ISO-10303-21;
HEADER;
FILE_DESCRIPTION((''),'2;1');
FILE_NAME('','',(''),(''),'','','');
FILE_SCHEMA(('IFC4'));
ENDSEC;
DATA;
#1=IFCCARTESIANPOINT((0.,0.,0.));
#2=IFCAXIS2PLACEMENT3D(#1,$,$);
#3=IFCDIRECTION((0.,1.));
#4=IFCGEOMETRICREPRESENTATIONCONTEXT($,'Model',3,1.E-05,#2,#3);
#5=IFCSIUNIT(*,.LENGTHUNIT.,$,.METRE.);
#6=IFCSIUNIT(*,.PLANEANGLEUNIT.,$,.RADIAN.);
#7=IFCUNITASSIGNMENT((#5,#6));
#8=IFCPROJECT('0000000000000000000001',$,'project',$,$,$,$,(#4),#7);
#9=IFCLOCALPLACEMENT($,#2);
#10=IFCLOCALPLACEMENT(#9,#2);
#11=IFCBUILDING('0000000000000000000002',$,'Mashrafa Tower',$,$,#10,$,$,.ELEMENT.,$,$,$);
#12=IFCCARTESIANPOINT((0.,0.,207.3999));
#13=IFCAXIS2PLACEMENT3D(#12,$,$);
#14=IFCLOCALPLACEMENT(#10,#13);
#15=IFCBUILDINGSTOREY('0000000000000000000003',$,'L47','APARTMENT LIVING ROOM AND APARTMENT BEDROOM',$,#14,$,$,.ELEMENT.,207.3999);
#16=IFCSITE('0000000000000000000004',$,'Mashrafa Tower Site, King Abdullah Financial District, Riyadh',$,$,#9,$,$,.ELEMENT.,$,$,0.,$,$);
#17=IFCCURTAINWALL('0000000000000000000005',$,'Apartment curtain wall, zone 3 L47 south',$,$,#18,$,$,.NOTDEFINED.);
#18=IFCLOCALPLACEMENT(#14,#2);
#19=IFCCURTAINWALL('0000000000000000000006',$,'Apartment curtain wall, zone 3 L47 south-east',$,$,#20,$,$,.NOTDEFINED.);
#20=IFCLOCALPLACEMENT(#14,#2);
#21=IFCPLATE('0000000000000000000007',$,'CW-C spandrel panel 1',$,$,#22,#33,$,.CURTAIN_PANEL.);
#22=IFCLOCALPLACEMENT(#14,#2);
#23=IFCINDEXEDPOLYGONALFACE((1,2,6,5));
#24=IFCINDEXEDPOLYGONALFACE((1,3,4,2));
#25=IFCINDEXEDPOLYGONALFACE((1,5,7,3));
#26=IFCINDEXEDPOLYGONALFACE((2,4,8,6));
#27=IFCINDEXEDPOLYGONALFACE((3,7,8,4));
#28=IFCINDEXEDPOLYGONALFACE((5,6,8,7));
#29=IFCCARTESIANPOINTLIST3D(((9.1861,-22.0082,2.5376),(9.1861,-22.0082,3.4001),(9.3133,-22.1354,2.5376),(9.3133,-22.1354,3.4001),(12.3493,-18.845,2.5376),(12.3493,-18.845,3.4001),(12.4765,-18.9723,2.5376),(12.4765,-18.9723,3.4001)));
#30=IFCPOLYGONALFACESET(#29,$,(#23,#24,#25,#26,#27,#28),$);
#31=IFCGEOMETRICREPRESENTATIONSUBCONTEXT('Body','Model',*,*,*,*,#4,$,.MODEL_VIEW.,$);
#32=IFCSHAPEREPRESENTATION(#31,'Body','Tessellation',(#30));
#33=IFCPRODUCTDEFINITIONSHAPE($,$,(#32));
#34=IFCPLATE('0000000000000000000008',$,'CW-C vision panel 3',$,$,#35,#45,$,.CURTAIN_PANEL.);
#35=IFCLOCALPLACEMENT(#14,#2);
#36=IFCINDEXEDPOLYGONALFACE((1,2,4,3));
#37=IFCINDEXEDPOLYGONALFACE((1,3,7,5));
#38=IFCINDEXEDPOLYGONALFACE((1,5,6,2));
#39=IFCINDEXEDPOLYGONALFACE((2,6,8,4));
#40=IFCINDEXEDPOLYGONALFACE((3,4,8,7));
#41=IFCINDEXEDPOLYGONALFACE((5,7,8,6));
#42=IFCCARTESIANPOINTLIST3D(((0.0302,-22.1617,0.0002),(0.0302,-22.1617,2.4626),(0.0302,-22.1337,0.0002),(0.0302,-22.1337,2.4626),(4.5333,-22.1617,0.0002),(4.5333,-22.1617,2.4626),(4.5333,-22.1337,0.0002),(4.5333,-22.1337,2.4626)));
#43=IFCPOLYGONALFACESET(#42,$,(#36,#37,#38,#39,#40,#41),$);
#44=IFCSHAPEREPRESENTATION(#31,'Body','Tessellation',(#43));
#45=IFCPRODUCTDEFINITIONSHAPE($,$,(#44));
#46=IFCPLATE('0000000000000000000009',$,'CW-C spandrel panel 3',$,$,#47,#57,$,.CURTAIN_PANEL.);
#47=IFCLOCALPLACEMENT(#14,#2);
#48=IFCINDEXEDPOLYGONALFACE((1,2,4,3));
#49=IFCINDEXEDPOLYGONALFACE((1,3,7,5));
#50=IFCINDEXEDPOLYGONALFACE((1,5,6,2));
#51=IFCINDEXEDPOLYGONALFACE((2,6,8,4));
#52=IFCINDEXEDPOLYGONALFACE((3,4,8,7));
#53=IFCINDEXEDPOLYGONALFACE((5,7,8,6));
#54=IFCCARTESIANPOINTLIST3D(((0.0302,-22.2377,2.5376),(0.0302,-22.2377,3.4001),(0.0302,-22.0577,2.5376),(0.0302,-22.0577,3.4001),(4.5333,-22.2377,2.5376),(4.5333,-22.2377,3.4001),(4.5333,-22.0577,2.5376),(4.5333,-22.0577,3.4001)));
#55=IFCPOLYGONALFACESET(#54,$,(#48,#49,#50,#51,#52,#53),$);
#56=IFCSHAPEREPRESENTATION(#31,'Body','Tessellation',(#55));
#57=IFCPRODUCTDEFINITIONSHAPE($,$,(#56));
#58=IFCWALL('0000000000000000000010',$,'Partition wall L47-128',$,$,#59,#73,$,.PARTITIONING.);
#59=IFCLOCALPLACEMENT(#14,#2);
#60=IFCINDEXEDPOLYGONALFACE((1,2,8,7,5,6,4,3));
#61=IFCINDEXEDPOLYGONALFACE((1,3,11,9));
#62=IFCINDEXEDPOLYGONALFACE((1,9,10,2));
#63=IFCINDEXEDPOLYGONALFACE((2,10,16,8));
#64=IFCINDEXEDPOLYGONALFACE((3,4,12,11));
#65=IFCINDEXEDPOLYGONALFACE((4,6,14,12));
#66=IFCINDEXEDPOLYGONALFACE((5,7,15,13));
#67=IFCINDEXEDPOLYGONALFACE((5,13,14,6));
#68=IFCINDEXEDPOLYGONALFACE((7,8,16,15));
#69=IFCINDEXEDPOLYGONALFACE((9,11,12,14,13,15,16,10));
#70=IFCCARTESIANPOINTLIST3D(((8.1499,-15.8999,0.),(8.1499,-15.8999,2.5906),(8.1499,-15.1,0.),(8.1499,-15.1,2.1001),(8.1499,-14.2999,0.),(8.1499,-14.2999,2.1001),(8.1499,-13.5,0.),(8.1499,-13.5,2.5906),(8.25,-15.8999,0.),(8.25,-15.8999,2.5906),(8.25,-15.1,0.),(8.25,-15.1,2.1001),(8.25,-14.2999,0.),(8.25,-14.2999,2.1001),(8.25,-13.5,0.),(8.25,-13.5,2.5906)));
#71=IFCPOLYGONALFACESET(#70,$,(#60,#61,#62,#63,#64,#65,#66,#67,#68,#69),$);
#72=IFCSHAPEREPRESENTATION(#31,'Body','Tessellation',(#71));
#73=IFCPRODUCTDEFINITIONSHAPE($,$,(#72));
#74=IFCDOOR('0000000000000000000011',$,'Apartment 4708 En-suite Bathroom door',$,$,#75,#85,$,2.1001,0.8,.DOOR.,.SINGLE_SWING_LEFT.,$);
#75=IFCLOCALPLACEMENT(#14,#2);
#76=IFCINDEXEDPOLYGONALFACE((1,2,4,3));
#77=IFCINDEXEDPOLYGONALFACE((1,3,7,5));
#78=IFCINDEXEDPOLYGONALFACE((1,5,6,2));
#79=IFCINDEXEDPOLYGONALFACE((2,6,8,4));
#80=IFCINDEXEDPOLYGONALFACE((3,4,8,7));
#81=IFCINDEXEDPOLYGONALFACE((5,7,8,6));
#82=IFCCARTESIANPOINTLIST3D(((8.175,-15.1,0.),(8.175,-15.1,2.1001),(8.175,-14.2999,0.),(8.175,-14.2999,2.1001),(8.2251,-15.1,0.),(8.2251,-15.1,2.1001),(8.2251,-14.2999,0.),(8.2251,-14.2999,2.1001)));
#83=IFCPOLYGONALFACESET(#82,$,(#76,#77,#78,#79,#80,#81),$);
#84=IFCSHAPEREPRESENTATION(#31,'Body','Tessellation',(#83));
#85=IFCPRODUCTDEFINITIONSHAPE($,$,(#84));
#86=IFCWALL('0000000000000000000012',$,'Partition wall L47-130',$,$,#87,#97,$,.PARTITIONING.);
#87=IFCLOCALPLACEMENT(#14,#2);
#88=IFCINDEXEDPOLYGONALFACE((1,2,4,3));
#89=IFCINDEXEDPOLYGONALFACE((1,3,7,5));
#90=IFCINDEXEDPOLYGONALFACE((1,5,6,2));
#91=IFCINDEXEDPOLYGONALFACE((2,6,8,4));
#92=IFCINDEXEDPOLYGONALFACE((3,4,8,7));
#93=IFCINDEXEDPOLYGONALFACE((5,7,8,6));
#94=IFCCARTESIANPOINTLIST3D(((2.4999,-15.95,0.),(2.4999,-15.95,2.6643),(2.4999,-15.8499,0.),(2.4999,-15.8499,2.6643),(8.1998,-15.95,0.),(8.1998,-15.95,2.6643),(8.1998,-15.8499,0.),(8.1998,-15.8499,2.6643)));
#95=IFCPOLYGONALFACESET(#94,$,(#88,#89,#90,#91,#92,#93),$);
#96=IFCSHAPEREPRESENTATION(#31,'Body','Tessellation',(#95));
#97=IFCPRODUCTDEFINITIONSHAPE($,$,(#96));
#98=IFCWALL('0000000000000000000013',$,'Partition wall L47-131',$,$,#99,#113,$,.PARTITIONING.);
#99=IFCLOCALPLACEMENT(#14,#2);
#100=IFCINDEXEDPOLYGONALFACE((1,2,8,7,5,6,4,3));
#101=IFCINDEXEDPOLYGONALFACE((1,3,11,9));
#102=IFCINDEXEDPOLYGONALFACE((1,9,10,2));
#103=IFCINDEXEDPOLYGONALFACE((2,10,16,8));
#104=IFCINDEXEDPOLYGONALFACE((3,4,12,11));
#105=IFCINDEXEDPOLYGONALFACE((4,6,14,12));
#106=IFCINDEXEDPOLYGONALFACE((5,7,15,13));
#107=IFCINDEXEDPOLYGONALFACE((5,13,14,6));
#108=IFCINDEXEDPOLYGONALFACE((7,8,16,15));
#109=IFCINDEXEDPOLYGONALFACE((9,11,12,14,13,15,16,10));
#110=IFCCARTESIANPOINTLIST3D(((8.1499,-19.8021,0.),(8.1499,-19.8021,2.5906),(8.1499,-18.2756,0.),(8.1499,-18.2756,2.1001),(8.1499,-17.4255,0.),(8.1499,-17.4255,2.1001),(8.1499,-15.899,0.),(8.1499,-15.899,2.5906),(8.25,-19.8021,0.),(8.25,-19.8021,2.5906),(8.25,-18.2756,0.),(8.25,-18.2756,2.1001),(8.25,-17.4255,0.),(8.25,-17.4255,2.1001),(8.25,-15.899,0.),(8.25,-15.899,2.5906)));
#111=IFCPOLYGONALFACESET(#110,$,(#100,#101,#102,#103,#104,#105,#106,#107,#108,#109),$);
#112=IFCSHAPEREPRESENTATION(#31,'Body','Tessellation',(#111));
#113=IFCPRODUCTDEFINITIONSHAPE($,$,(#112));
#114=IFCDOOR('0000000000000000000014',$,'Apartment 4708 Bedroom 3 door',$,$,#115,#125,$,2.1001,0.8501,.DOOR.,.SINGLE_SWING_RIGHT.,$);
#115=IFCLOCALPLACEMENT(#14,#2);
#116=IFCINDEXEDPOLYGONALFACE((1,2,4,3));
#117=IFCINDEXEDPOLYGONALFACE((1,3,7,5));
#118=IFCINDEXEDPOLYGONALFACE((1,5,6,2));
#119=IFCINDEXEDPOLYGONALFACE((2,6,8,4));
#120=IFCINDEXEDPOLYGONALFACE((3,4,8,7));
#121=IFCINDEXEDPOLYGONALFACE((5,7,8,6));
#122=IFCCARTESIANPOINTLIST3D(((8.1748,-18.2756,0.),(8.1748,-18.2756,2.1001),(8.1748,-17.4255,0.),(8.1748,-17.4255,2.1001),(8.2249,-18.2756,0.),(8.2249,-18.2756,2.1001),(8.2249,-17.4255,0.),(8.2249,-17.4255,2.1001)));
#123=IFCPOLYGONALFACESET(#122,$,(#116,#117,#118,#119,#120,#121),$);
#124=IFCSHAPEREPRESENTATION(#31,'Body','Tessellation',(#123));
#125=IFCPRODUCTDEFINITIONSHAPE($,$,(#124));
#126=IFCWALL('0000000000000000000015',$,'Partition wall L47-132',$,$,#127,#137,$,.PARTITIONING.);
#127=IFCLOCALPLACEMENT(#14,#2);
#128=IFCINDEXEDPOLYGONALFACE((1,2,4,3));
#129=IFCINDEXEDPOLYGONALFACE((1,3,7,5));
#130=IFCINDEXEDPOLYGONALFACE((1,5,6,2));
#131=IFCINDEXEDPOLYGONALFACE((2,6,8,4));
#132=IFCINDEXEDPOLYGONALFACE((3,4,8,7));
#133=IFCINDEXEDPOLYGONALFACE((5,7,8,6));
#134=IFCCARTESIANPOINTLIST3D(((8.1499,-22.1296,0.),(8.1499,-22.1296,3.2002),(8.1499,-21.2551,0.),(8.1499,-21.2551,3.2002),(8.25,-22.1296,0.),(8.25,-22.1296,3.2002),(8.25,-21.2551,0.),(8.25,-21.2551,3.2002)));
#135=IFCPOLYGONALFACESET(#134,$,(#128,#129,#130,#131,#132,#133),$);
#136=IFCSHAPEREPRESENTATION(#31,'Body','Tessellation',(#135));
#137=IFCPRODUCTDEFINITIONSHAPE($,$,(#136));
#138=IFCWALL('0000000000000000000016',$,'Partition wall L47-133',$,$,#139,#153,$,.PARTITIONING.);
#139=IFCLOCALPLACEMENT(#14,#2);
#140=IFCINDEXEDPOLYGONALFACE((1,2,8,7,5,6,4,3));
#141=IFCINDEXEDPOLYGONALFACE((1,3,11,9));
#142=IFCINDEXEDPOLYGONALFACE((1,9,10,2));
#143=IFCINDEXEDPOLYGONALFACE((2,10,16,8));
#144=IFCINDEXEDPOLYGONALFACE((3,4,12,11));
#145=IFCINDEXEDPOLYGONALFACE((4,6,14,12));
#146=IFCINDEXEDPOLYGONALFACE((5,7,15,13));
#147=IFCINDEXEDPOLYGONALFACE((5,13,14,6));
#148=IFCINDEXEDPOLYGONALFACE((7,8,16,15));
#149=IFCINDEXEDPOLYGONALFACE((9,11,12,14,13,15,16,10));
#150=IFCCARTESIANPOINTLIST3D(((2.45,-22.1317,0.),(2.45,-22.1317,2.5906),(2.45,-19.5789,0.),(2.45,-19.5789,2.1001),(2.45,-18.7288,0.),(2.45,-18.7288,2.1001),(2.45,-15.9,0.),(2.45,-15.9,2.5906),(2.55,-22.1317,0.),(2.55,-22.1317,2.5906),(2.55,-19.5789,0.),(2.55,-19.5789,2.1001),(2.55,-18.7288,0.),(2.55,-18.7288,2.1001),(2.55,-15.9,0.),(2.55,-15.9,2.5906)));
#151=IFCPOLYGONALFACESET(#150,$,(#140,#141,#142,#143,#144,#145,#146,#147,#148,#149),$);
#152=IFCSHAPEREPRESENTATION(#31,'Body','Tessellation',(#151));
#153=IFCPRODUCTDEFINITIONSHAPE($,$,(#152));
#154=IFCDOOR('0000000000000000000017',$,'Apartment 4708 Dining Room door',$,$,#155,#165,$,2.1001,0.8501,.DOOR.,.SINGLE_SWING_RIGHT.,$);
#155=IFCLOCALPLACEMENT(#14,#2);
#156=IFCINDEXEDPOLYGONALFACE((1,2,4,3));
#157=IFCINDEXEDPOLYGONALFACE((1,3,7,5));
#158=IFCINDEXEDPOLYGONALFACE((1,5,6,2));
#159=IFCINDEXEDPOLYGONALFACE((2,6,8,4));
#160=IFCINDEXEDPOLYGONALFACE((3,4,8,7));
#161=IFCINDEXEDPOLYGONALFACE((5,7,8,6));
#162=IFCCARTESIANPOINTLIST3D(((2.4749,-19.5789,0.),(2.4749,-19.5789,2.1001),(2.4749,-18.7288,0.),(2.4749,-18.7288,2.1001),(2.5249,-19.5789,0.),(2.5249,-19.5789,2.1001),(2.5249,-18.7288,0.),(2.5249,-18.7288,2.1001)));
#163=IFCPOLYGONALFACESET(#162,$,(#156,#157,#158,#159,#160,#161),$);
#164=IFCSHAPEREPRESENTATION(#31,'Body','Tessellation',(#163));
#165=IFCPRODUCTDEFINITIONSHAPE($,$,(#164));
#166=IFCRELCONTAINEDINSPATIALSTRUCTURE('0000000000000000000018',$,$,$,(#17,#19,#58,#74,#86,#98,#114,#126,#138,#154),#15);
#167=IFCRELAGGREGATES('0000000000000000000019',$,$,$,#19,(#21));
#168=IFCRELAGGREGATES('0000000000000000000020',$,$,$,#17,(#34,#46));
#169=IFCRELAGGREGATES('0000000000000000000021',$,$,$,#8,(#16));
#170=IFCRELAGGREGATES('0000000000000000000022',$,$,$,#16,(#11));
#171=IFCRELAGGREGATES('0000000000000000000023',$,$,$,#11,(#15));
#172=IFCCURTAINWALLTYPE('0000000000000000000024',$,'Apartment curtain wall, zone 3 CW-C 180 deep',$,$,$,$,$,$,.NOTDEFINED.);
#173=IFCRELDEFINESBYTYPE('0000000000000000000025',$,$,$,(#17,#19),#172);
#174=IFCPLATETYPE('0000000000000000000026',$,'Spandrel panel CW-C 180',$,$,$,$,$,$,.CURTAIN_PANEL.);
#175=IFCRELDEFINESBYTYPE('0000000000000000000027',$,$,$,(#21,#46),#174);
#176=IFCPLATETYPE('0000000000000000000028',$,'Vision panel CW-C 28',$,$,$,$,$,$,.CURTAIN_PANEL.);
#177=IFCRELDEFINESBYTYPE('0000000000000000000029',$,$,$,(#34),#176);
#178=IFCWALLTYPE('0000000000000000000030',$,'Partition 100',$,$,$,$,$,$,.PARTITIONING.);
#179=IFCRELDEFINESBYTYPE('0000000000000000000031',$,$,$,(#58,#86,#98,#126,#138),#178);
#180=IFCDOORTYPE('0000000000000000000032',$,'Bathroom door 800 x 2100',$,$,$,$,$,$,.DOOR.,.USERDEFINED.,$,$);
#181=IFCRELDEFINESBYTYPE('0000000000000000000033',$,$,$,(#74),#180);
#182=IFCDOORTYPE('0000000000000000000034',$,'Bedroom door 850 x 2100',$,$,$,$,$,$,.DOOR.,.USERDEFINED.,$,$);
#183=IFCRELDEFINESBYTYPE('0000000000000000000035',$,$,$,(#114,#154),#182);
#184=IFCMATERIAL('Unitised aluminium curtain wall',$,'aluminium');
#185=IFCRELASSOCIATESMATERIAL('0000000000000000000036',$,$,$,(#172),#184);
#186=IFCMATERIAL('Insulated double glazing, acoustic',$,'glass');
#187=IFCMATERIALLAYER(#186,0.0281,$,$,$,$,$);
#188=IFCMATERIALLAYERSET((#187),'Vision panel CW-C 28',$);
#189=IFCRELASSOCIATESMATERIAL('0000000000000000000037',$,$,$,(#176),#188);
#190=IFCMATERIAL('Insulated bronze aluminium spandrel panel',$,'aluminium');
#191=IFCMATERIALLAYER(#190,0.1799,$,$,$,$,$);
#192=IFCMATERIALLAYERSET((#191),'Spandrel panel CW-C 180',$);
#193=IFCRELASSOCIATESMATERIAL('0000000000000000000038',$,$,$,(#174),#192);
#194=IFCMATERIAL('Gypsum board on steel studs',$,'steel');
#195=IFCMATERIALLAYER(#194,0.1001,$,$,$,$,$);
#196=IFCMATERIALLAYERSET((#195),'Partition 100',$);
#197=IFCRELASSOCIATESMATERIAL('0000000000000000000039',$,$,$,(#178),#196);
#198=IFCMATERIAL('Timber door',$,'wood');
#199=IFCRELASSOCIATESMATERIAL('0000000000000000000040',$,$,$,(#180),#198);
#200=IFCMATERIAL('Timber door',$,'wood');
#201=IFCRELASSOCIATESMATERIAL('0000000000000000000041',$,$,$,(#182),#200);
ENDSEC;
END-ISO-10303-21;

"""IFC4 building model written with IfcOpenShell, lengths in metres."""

from ifc_helpers import new_model, si_unit, direction, frame, frame_2d, origin, origin_2d, place, context, subcontext, project, spatial, rectangle, extrude, source, transform, mapped, material, layer, layer_set, type_object, type_shapes, element, fill, aggregate, save


model = new_model("IFC4")

# Units and contexts
model_context = context("Model", 3, precision=1e-05, world=origin(), true_north=direction((0.0, 1.0)))
body_context = subcontext(model_context, "Body", "Model", "MODEL_VIEW")
ifc_project = project(units=[si_unit("LENGTHUNIT", "METRE"), si_unit("PLANEANGLEUNIT", "RADIAN")], contexts=[model_context])

# Site, building, storey
site_placement = place(None, origin())
site = spatial("IfcSite", under=ifc_project, at=site_placement, Name="Mashrafa Tower Site, King Abdullah Financial District, Riyadh", CompositionType="ELEMENT", RefElevation=0.0)
building_placement = place(site_placement, origin())
building = spatial("IfcBuilding", under=site, at=building_placement, Name="Mashrafa Tower", CompositionType="ELEMENT")
storey_placement = place(building_placement, frame((0.0, 0.0, 207.3999)))
storey = spatial("IfcBuildingStorey", under=building, at=storey_placement, Name="L47", Description="APARTMENT LIVING ROOM AND APARTMENT BEDROOM", CompositionType="ELEMENT", Elevation=207.3999)

# Curtain wall
ifc_material_1 = material(Name="Unitised aluminium curtain wall", Category="aluminium")
curtain_wall_type = type_object("IfcCurtainWallType", Name="Apartment curtain wall, zone 3 CW-C 180 deep", PredefinedType="NOTDEFINED", material=ifc_material_1)
curtain_wall_1_placement = place(storey_placement, origin())
curtain_wall_1 = element("IfcCurtainWall", 1, at=curtain_wall_1_placement, inside=storey, type_object=curtain_wall_type, Name="Apartment curtain wall, zone 3 L47 south", PredefinedType="NOTDEFINED")

# Curtain wall
curtain_wall_2_placement = place(storey_placement, origin())
curtain_wall_2 = element("IfcCurtainWall", 2, at=curtain_wall_2_placement, inside=storey, type_object=curtain_wall_type, Name="Apartment curtain wall, zone 3 L47 south-east", PredefinedType="NOTDEFINED")

# Plates
ifc_material_2 = material(Name="Insulated double glazing, acoustic", Category="glass")
ifc_layer_1 = layer(ifc_material_2, 0.0281)
ifc_layer_set_1 = layer_set([ifc_layer_1], Name="Vision panel CW-C 28")
plate_type_1 = type_object("IfcPlateType", Name="Vision panel CW-C 28", PredefinedType="CURTAIN_PANEL", material=ifc_layer_set_1)
ifc_material_3 = material(Name="Insulated bronze aluminium spandrel panel", Category="aluminium")
ifc_layer_2 = layer(ifc_material_3, 0.1799)
ifc_layer_set_2 = layer_set([ifc_layer_2], Name="Spandrel panel CW-C 180")
plate_type_2 = type_object("IfcPlateType", Name="Spandrel panel CW-C 180", PredefinedType="CURTAIN_PANEL", material=ifc_layer_set_2)
shared_shape_1 = source(origin(), body_context, "Body", "SweptSolid", [
    extrude(rectangle(XDim=4.4734, YDim=0.1799, at=origin_2d()), origin(), (0.0, 0.0, 1.0), 0.8625),
])
plate_1_placement = place(storey_placement, frame((10.8313, -20.4902, 2.5376), z_axis=(0.0, 0.0, 1.0), x_axis=(0.707107, 0.707107, 0.0)))
plate_1 = element("IfcPlate", 3, at=plate_1_placement, type_object=plate_type_2, Name="CW-C spandrel panel 1", PredefinedType="CURTAIN_PANEL", context=body_context, shape_type="MappedRepresentation", body=[
    mapped(shared_shape_1, transform((0.0, 0.0, 0.0))),
])
aggregate(curtain_wall_2, [plate_1])
shared_shape_2 = source(origin(), body_context, "Body", "SweptSolid", [
    extrude(rectangle(XDim=4.5032, YDim=0.0281, at=origin_2d()), origin(), (0.0, 0.0, 1.0), 2.4624),
])
plate_2_placement = place(storey_placement, frame((2.2817, -22.1477, 0.0002), z_axis=(0.0, 0.0, 1.0), x_axis=(1.0, 0.0, 0.0)))
plate_2 = element("IfcPlate", 4, at=plate_2_placement, type_object=plate_type_1, Name="CW-C vision panel 3", PredefinedType="CURTAIN_PANEL", context=body_context, shape_type="MappedRepresentation", body=[
    mapped(shared_shape_2, transform((0.0, 0.0, 0.0))),
])
shared_shape_3 = source(origin(), body_context, "Body", "SweptSolid", [
    extrude(rectangle(XDim=4.5032, YDim=0.1799, at=origin_2d()), origin(), (0.0, 0.0, 1.0), 0.8625),
])
type_shapes(plate_type_2, [shared_shape_1, shared_shape_3])
plate_3_placement = place(storey_placement, frame((2.2817, -22.1477, 2.5376), z_axis=(0.0, 0.0, 1.0), x_axis=(1.0, 0.0, 0.0)))
plate_3 = element("IfcPlate", 5, at=plate_3_placement, type_object=plate_type_2, Name="CW-C spandrel panel 3", PredefinedType="CURTAIN_PANEL", context=body_context, shape_type="MappedRepresentation", body=[
    mapped(shared_shape_3, transform((0.0, 0.0, 0.0))),
])
aggregate(curtain_wall_1, [plate_2, plate_3])

# Wall, opening, door
ifc_material_4 = material(Name="Gypsum board on steel studs", Category="steel")
ifc_layer_3 = layer(ifc_material_4, 0.1001)
ifc_layer_set_3 = layer_set([ifc_layer_3], Name="Partition 100")
wall_type = type_object("IfcWallType", Name="Partition 100", PredefinedType="PARTITIONING", material=ifc_layer_set_3)
wall_1_placement = place(storey_placement, frame((8.2, -15.8999, 0.0), z_axis=(0.0, 0.0, 1.0), x_axis=(0.0, 1.0, 0.0)))
wall_1 = element("IfcWall", 6, at=wall_1_placement, inside=storey, type_object=wall_type, Name="Partition wall L47-128", PredefinedType="PARTITIONING", context=body_context, shape_type="SweptSolid", body=[
    extrude(rectangle(XDim=2.3999, YDim=0.1001, at=frame_2d((1.2, 0.0))), origin(), (0.0, 0.0, 1.0), 2.5906),
])
opening_1_placement = place(wall_1_placement, frame((0.8, 0.0, 0.0)))
opening_1 = element("IfcOpeningElement", 7, at=opening_1_placement, cuts=wall_1, PredefinedType="OPENING", context=body_context, shape_type="SweptSolid", body=[
    extrude(rectangle(XDim=0.8, YDim=2.1001, at=frame_2d((0.3999, 1.05))), frame((0.0, 0.0601, 0.0), z_axis=(0.0, -1.0, 0.0), x_axis=(1.0, 0.0, 0.0)), (0.0, 0.0, 1.0), 0.1201),
])
ifc_material_5 = material(Name="Timber door", Category="wood")
door_type_1 = type_object("IfcDoorType", Name="Bathroom door 800 x 2100", OperationType="USERDEFINED", PredefinedType="DOOR", material=ifc_material_5)
door_1_placement = place(opening_1_placement, origin())
door_1 = element("IfcDoor", 8, at=door_1_placement, inside=storey, type_object=door_type_1, Name="Apartment 4708 En-suite Bathroom door", OperationType="SINGLE_SWING_LEFT", OverallHeight=2.1001, OverallWidth=0.8, PredefinedType="DOOR", context=body_context, shape_type="SweptSolid", body=[
    extrude(rectangle(XDim=0.8, YDim=2.1001, at=frame_2d((0.3999, 1.05))), frame((0.0, 0.0249, 0.0), z_axis=(0.0, -1.0, 0.0), x_axis=(1.0, 0.0, 0.0)), (0.0, 0.0, 1.0), 0.05),
])
fill(opening_1, door_1)

# Wall
wall_2_placement = place(storey_placement, frame((8.2, -15.8999, 0.0), z_axis=(0.0, 0.0, 1.0), x_axis=(-1.0, 0.0, 0.0)))
element("IfcWall", 9, at=wall_2_placement, inside=storey, type_object=wall_type, Name="Partition wall L47-130", PredefinedType="PARTITIONING", context=body_context, shape_type="SweptSolid", body=[
    extrude(rectangle(XDim=5.7, YDim=0.1001, at=frame_2d((2.8501, 0.0))), origin(), (0.0, 0.0, 1.0), 2.6643),
])

# Wall, opening, door
wall_3_placement = place(storey_placement, frame((8.2, -15.8989, 0.0), z_axis=(0.0, 0.0, 1.0), x_axis=(0.0, -1.0, 0.0)))
wall_3 = element("IfcWall", 10, at=wall_3_placement, inside=storey, type_object=wall_type, Name="Partition wall L47-131", PredefinedType="PARTITIONING", context=body_context, shape_type="SweptSolid", body=[
    extrude(rectangle(XDim=3.9031, YDim=0.1001, at=frame_2d((1.9517, 0.0))), origin(), (0.0, 0.0, 1.0), 2.5906),
])
opening_2_placement = place(wall_3_placement, frame((1.5266, 0.0, 0.0)))
opening_2 = element("IfcOpeningElement", 11, at=opening_2_placement, cuts=wall_3, PredefinedType="OPENING", context=body_context, shape_type="SweptSolid", body=[
    extrude(rectangle(XDim=0.8501, YDim=2.1001, at=frame_2d((0.425, 1.05))), frame((0.0, 0.0601, 0.0), z_axis=(0.0, -1.0, 0.0), x_axis=(1.0, 0.0, 0.0)), (0.0, 0.0, 1.0), 0.1201),
])
ifc_material_6 = material(Name="Timber door", Category="wood")
door_type_2 = type_object("IfcDoorType", Name="Bedroom door 850 x 2100", OperationType="USERDEFINED", PredefinedType="DOOR", material=ifc_material_6)
door_2_placement = place(opening_2_placement, origin())
door_2 = element("IfcDoor", 12, at=door_2_placement, inside=storey, type_object=door_type_2, Name="Apartment 4708 Bedroom 3 door", OperationType="SINGLE_SWING_RIGHT", OverallHeight=2.1001, OverallWidth=0.8501, PredefinedType="DOOR", context=body_context, shape_type="SweptSolid", body=[
    extrude(rectangle(XDim=0.8501, YDim=2.1001, at=frame_2d((0.425, 1.05))), frame((0.0, 0.0249, 0.0), z_axis=(0.0, -1.0, 0.0), x_axis=(1.0, 0.0, 0.0)), (0.0, 0.0, 1.0), 0.05),
])
fill(opening_2, door_2)

# Wall
wall_4_placement = place(storey_placement, frame((8.2, -21.2551, 0.0), z_axis=(0.0, 0.0, 1.0), x_axis=(0.0, -1.0, 0.0)))
element("IfcWall", 13, at=wall_4_placement, inside=storey, type_object=wall_type, Name="Partition wall L47-132", PredefinedType="PARTITIONING", context=body_context, shape_type="SweptSolid", body=[
    extrude(rectangle(XDim=0.8745, YDim=0.1001, at=frame_2d((0.4373, 0.0))), origin(), (0.0, 0.0, 1.0), 3.2002),
])

# Wall, opening, door
wall_5_placement = place(storey_placement, frame((2.5, -22.1316, 0.0), z_axis=(0.0, 0.0, 1.0), x_axis=(0.0, 1.0, 0.0)))
wall_5 = element("IfcWall", 14, at=wall_5_placement, inside=storey, type_object=wall_type, Name="Partition wall L47-133", PredefinedType="PARTITIONING", context=body_context, shape_type="SweptSolid", body=[
    extrude(rectangle(XDim=6.2317, YDim=0.1001, at=frame_2d((3.1157, 0.0))), origin(), (0.0, 0.0, 1.0), 2.5906),
])
opening_3_placement = place(wall_5_placement, frame((2.5527, 0.0, 0.0)))
opening_3 = element("IfcOpeningElement", 15, at=opening_3_placement, cuts=wall_5, PredefinedType="OPENING", context=body_context, shape_type="SweptSolid", body=[
    extrude(rectangle(XDim=0.8501, YDim=2.1001, at=frame_2d((0.425, 1.05))), frame((0.0, 0.0601, 0.0), z_axis=(0.0, -1.0, 0.0), x_axis=(1.0, 0.0, 0.0)), (0.0, 0.0, 1.0), 0.1201),
])
door_3_placement = place(opening_3_placement, frame((0.8501, 0.0, 0.0), z_axis=(0.0, 0.0, 1.0), x_axis=(-1.0, 0.0, 0.0)))
door_3 = element("IfcDoor", 16, at=door_3_placement, inside=storey, type_object=door_type_2, Name="Apartment 4708 Dining Room door", OperationType="SINGLE_SWING_RIGHT", OverallHeight=2.1001, OverallWidth=0.8501, PredefinedType="DOOR", context=body_context, shape_type="SweptSolid", body=[
    extrude(rectangle(XDim=0.8501, YDim=2.1001, at=frame_2d((0.425, 1.05))), frame((0.0, 0.0249, 0.0), z_axis=(0.0, -1.0, 0.0), x_axis=(1.0, 0.0, 0.0)), (0.0, 0.0, 1.0), 0.05),
])
fill(opening_3, door_3)

save(model, "model.ifc")
